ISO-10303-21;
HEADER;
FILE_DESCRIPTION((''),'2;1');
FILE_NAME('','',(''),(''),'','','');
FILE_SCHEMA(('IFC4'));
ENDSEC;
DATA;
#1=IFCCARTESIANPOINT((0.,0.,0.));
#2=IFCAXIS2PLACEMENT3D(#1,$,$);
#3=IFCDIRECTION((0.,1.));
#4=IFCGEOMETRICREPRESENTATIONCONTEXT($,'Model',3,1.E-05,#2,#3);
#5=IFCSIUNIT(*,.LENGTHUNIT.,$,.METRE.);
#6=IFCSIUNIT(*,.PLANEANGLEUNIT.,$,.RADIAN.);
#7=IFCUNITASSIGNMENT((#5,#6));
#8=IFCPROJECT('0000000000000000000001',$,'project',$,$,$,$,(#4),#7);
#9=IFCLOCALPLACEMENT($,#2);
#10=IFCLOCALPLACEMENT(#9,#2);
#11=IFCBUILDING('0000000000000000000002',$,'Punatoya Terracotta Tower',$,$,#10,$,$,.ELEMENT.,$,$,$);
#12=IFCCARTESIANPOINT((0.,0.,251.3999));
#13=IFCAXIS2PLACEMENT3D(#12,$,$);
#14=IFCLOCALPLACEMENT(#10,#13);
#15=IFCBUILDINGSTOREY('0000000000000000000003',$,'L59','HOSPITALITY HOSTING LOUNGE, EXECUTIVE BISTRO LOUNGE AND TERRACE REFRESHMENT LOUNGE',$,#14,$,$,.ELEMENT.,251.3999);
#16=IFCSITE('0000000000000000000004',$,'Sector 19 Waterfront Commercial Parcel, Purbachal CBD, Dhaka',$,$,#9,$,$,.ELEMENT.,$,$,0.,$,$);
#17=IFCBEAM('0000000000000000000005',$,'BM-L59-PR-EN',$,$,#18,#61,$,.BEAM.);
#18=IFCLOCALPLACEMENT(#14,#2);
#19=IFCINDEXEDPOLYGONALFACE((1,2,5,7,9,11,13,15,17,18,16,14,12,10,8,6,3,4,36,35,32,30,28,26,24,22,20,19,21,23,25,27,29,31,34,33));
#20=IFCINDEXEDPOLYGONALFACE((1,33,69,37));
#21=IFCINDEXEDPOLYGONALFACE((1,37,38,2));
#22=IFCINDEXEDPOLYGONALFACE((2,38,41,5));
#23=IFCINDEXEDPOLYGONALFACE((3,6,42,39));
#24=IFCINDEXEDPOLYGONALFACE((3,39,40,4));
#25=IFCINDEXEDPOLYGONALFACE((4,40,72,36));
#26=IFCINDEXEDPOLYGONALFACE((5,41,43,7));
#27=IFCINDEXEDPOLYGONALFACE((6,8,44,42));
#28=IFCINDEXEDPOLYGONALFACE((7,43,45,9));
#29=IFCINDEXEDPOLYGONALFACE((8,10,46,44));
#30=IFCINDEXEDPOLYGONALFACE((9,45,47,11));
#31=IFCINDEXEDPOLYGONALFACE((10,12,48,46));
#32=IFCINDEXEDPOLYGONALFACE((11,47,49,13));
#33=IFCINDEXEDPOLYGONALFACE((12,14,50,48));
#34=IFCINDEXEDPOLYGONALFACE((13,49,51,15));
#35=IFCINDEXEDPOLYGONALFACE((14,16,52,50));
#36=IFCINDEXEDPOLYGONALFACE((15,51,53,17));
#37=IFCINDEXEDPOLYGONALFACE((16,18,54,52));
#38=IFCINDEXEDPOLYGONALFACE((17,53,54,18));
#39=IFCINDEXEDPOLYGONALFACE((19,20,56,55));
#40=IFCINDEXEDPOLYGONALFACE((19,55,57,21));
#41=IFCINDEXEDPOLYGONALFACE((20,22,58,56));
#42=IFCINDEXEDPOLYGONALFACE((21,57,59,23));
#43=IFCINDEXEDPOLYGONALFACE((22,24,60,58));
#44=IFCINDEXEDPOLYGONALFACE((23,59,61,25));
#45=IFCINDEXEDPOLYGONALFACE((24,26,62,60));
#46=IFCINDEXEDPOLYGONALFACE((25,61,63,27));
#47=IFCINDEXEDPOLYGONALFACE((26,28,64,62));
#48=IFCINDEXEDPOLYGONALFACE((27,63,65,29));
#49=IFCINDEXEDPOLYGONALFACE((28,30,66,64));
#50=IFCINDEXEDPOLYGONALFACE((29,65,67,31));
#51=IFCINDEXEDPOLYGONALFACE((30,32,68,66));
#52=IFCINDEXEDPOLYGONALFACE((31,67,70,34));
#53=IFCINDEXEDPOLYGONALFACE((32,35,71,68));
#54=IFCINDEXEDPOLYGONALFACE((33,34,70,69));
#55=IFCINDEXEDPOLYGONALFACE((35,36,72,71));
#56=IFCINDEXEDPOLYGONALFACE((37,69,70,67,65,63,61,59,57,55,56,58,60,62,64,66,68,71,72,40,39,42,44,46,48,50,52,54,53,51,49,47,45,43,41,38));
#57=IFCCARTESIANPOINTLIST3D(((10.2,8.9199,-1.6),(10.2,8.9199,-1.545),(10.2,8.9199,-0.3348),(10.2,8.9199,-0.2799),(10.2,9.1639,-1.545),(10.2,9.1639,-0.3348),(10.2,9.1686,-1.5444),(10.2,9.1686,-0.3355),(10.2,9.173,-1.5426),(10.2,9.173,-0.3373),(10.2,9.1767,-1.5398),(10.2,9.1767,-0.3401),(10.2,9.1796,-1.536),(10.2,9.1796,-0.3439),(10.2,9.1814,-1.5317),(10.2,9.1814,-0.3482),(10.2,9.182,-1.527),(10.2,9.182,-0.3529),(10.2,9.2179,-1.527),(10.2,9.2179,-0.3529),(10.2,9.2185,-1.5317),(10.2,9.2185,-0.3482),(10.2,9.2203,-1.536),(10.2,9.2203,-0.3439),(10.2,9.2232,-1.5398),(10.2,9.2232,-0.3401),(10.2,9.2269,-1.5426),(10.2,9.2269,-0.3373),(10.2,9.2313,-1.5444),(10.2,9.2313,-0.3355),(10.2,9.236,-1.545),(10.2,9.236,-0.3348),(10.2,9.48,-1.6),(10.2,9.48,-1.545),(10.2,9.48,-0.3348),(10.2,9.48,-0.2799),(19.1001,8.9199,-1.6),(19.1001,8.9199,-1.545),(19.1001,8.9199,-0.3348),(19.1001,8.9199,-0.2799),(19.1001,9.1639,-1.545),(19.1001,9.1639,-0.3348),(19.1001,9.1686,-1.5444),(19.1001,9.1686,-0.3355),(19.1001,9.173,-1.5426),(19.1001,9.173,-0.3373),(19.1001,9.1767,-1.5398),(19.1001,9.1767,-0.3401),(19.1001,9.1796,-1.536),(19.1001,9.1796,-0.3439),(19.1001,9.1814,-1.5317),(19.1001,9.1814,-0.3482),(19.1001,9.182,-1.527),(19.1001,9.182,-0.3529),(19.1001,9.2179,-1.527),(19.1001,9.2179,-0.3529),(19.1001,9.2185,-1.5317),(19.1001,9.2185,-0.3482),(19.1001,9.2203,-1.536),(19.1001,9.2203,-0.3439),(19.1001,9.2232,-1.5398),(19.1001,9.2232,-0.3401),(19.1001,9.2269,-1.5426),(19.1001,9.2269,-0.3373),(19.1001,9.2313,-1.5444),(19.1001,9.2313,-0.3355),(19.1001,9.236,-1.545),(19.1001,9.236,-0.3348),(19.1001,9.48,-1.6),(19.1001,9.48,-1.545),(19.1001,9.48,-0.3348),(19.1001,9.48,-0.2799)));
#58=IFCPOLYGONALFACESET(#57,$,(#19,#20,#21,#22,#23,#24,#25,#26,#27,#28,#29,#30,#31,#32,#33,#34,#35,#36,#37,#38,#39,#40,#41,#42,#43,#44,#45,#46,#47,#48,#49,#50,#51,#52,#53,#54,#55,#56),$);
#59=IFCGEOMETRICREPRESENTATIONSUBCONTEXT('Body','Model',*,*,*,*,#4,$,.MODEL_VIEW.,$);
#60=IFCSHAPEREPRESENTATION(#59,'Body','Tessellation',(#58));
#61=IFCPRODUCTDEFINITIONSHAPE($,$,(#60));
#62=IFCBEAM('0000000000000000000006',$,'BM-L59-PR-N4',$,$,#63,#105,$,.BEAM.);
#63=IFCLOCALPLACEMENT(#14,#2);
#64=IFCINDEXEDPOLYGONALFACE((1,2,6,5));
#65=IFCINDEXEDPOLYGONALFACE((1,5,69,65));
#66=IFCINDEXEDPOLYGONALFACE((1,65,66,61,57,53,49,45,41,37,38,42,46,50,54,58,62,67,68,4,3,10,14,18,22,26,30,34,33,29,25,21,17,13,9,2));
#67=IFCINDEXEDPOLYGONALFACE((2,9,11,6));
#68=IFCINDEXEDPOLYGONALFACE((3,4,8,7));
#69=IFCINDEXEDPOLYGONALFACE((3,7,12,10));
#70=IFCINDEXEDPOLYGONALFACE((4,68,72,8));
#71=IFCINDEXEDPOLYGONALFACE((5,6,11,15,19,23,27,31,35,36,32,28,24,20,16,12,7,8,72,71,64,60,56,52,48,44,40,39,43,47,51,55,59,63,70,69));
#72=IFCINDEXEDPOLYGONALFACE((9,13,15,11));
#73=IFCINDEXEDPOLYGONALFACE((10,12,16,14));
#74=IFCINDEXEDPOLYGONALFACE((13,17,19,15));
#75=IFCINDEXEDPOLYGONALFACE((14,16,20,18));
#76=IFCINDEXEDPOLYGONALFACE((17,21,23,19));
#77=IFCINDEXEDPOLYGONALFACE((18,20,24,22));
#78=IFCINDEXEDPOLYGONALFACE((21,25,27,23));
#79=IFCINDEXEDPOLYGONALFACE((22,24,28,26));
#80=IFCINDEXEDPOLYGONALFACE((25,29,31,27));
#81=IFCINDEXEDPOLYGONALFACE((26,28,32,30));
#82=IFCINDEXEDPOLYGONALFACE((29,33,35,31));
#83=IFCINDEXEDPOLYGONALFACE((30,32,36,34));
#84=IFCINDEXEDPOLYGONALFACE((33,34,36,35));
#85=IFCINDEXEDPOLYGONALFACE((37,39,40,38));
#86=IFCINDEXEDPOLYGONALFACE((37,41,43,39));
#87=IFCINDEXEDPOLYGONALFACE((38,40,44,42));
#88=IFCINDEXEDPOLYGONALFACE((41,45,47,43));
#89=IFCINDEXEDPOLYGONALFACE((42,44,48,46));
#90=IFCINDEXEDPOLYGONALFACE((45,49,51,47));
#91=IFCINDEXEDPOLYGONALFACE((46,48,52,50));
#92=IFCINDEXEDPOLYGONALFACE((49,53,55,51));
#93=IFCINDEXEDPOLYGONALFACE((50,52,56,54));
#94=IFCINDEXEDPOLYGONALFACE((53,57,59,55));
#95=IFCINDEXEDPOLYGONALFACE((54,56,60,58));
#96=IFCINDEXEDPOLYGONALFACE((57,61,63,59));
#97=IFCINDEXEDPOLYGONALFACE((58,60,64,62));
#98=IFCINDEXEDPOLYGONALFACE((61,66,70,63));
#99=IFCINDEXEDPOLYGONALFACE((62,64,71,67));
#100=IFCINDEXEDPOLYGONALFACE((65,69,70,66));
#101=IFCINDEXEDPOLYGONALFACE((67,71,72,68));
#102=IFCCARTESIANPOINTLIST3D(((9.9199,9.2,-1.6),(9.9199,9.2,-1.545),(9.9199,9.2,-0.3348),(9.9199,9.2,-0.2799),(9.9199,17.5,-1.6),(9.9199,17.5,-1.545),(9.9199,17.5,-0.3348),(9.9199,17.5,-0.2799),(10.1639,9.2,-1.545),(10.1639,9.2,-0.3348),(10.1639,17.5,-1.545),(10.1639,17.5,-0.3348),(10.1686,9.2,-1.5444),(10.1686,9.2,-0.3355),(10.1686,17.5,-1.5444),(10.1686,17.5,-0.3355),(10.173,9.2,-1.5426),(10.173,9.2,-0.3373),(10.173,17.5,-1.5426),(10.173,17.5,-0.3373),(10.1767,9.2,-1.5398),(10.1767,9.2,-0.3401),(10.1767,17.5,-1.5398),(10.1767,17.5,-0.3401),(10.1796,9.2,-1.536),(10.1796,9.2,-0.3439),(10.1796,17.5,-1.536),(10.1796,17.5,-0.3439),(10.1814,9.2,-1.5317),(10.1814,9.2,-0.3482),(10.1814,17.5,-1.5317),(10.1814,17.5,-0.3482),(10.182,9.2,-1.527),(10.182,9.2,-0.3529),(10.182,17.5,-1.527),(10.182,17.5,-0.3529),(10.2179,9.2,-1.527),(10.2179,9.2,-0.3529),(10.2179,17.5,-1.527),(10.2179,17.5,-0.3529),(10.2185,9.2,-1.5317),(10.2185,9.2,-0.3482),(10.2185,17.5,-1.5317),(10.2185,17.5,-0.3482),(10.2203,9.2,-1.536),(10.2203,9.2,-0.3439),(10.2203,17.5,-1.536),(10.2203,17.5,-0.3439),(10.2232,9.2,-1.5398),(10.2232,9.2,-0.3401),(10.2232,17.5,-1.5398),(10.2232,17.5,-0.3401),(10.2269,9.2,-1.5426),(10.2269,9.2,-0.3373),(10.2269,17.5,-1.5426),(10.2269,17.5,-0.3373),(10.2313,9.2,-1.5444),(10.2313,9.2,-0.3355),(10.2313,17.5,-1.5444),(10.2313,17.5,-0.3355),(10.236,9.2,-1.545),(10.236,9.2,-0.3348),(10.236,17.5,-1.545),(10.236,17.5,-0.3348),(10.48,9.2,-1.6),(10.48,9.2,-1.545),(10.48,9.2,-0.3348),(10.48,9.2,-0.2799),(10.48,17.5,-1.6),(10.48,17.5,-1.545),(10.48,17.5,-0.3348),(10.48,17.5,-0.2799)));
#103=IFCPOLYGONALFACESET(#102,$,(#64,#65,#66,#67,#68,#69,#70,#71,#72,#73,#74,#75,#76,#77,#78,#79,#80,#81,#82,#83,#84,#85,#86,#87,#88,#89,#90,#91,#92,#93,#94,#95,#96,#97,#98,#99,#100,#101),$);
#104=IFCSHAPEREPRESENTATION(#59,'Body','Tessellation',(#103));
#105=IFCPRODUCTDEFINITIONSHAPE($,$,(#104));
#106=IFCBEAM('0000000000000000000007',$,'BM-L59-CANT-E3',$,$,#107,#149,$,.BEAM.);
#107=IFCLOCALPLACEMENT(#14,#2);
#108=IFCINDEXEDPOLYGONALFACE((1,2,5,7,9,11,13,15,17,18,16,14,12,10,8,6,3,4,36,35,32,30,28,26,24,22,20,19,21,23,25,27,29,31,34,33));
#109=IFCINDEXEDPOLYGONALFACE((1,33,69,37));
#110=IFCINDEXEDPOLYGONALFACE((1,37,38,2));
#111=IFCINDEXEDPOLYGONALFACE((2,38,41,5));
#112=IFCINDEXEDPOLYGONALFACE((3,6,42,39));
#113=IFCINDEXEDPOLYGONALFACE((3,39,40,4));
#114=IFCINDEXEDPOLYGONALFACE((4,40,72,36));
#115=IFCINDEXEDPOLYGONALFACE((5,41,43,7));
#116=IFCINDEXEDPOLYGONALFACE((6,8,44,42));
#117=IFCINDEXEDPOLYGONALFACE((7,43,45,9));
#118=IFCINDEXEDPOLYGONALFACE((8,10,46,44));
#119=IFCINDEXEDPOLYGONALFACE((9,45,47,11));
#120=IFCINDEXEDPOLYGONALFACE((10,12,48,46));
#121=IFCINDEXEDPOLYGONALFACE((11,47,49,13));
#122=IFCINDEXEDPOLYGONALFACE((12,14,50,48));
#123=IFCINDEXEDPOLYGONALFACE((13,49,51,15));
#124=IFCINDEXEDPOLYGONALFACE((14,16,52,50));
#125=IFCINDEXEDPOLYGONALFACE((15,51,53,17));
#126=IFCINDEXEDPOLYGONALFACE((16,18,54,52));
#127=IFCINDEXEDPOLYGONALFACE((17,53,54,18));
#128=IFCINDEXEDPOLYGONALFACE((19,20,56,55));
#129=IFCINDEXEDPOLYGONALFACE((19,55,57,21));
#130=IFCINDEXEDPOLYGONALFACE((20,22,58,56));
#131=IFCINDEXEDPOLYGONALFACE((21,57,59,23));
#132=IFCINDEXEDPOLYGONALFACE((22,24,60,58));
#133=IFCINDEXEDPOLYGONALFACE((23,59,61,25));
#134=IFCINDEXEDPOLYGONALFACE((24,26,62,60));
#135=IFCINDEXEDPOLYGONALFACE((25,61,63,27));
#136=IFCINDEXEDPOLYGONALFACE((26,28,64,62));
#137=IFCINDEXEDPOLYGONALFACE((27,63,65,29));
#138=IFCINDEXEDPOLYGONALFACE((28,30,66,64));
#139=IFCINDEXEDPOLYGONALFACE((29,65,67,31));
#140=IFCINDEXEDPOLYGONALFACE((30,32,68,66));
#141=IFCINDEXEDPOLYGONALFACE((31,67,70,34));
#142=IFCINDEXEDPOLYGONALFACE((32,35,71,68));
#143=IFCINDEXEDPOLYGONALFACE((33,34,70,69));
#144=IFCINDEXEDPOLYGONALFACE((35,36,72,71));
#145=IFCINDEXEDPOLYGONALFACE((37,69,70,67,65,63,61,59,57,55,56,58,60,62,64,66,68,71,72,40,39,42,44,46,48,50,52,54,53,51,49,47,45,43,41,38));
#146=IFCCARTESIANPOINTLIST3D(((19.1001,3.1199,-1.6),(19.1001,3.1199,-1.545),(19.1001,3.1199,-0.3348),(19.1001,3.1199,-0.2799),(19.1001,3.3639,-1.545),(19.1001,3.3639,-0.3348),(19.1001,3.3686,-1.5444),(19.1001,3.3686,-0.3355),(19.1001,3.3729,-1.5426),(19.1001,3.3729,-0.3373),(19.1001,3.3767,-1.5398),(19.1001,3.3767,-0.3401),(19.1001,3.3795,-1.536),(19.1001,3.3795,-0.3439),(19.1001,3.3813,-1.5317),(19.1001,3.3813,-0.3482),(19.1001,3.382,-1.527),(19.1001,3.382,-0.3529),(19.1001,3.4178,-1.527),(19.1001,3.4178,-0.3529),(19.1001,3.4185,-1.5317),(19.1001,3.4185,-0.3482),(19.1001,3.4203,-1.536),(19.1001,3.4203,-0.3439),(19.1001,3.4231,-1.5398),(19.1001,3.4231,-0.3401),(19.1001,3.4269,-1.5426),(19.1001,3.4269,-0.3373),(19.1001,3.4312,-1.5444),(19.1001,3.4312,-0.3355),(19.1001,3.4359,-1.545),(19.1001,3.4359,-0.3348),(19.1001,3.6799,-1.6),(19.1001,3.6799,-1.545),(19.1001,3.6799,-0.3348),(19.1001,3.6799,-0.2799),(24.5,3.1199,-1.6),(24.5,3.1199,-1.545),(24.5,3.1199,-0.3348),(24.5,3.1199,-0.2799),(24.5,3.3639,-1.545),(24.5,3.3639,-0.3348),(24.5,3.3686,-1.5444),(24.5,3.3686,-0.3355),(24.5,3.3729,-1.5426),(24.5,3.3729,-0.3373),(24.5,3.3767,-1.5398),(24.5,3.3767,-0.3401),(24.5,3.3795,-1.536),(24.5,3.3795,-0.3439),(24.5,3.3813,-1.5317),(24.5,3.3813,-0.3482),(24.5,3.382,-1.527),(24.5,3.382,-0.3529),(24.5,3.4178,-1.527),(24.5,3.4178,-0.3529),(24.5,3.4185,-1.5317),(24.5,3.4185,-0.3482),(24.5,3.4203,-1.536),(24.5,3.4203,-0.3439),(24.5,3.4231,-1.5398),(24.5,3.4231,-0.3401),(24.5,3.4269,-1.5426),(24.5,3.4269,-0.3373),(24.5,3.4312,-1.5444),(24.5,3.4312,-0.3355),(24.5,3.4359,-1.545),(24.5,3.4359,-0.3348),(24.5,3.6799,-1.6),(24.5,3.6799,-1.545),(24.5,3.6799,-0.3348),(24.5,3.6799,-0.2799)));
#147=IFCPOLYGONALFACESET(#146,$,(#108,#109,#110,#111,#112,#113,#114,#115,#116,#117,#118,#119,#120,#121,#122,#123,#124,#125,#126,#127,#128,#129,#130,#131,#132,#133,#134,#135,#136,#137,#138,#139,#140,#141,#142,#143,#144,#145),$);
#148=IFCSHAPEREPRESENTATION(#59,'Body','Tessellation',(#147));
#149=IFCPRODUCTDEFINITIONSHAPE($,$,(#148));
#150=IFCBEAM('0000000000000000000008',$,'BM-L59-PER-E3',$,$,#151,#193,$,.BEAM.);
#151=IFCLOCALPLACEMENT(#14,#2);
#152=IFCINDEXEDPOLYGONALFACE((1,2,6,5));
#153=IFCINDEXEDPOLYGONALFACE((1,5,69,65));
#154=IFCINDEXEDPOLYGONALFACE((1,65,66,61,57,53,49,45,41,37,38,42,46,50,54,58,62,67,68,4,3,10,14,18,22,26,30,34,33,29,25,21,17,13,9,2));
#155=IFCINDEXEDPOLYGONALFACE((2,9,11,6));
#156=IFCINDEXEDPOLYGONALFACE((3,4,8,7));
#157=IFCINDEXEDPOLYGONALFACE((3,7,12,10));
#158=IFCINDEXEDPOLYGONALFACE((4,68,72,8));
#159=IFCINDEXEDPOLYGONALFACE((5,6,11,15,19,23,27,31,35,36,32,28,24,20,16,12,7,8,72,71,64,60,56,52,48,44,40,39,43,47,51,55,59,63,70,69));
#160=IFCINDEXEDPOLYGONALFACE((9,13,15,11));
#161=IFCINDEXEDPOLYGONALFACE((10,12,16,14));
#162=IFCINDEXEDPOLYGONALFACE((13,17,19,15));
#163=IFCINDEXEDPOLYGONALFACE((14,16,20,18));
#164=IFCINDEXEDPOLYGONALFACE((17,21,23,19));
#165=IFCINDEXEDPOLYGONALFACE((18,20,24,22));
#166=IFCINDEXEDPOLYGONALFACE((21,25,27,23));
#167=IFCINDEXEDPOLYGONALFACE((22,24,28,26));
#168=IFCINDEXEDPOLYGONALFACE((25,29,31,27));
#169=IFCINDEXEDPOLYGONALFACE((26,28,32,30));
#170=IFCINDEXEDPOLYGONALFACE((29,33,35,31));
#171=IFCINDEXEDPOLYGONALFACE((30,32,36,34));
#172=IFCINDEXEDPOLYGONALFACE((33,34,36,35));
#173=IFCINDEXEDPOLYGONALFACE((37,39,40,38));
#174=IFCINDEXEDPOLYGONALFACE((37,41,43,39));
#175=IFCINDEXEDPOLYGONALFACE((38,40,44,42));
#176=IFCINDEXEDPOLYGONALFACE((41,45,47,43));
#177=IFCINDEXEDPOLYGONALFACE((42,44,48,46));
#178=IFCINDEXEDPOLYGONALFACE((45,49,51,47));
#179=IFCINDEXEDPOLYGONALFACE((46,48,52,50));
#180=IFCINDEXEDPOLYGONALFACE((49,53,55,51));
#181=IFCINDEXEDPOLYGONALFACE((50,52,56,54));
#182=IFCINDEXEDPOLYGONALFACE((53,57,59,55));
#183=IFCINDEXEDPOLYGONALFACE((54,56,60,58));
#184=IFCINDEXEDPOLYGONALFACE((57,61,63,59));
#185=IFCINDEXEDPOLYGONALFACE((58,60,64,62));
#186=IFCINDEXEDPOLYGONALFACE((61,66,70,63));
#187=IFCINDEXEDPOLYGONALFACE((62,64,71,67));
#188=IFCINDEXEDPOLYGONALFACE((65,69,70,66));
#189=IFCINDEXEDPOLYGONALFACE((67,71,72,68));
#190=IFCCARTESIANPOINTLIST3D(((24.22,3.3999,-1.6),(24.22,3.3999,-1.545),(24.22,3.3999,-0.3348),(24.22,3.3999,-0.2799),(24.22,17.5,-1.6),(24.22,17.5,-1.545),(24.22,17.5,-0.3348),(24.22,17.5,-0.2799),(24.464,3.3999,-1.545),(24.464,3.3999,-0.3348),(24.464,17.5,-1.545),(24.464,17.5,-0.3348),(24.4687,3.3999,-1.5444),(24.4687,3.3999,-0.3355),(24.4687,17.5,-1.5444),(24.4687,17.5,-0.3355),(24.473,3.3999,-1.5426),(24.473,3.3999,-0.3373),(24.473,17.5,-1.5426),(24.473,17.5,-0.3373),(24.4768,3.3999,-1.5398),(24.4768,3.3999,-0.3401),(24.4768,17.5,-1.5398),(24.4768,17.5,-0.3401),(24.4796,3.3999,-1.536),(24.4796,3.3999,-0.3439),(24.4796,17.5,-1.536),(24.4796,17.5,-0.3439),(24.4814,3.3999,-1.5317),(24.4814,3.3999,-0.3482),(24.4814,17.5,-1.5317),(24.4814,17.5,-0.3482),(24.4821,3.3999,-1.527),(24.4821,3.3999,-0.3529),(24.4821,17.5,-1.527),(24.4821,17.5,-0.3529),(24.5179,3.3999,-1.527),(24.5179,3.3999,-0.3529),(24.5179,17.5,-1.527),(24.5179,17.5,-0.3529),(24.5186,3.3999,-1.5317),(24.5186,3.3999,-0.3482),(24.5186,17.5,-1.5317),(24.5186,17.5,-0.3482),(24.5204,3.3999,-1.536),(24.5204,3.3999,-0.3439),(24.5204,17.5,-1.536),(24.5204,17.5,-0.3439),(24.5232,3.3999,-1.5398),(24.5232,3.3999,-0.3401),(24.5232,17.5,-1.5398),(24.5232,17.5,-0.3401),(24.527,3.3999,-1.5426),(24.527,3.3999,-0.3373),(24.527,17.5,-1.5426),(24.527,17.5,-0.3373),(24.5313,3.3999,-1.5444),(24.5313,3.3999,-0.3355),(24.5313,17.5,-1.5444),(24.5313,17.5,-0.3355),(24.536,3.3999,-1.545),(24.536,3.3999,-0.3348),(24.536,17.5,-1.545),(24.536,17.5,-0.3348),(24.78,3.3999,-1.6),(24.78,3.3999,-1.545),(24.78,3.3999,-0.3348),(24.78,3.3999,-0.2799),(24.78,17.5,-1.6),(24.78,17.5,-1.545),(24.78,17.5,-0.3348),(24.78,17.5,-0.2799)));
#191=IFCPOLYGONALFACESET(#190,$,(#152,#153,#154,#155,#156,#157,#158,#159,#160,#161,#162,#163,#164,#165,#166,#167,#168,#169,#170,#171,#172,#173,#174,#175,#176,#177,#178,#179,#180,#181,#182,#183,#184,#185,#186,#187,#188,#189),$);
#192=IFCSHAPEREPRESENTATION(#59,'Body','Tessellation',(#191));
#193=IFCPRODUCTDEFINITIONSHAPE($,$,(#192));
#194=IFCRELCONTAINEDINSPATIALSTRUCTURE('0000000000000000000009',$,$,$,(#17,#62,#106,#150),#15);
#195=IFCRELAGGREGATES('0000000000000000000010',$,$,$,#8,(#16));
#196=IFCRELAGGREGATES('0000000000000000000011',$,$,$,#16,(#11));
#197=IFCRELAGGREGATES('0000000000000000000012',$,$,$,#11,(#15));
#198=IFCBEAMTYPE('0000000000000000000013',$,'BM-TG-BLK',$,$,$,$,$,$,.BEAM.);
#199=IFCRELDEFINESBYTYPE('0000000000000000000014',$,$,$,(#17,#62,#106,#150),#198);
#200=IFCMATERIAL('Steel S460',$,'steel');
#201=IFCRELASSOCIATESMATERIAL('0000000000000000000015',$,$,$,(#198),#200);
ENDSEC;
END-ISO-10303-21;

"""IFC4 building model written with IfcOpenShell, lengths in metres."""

from ifc_helpers import new_model, si_unit, direction, frame, origin, origin_2d, place, context, subcontext, project, spatial, i_section, extrude, material, material_profile, profile_set, type_object, element, save


model = new_model("IFC4")

# Units and contexts
model_context = context("Model", 3, precision=1e-05, world=origin(), true_north=direction((0.0, 1.0)))
body_context = subcontext(model_context, "Body", "Model", "MODEL_VIEW")
ifc_project = project(units=[si_unit("LENGTHUNIT", "METRE"), si_unit("PLANEANGLEUNIT", "RADIAN")], contexts=[model_context])

# Site, building, storey
site_placement = place(None, origin())
site = spatial("IfcSite", under=ifc_project, at=site_placement, Name="Sector 19 Waterfront Commercial Parcel, Purbachal CBD, Dhaka", CompositionType="ELEMENT", RefElevation=0.0)
building_placement = place(site_placement, origin())
building = spatial("IfcBuilding", under=site, at=building_placement, Name="Punatoya Terracotta Tower", CompositionType="ELEMENT")
storey_placement = place(building_placement, frame((0.0, 0.0, 251.3999)))
storey = spatial("IfcBuildingStorey", under=building, at=storey_placement, Name="L59", Description="HOSPITALITY HOSTING LOUNGE, EXECUTIVE BISTRO LOUNGE AND TERRACE REFRESHMENT LOUNGE", CompositionType="ELEMENT", Elevation=251.3999)

# Shared definitions
ifc_material_1 = material(Name="Steel S460", Category="steel")

# Beams
ifc_material_profile_1 = material_profile(ifc_material_1, i_section(OverallWidth=0.5601, OverallDepth=1.3201, WebThickness=0.0359, FlangeThickness=0.0549, FilletRadius=0.0181, at=origin_2d()))
ifc_profile_set_1 = profile_set([ifc_material_profile_1], Name="Steel S460")
beam_type_1 = type_object("IfcBeamType", Name="BM-TG-BLK", PredefinedType="BEAM", material=ifc_profile_set_1)
beam_1_placement = place(storey_placement, frame((10.2, 9.2, -0.9399), z_axis=(1.0, 0.0, 0.0), x_axis=(0.0, 1.0, 0.0)))
element("IfcBeam", 1, at=beam_1_placement, inside=storey, type_object=beam_type_1, Name="BM-L59-PR-EN", PredefinedType="BEAM", context=body_context, shape_type="SweptSolid", body=[
    extrude(i_section(OverallWidth=0.5601, OverallDepth=1.3201, WebThickness=0.0359, FlangeThickness=0.0549, FilletRadius=0.0181, at=origin_2d()), origin(), (0.0, 0.0, 1.0), 8.9001),
])
beam_2_placement = place(storey_placement, frame((10.2, 9.2, -0.9399), z_axis=(0.0, 1.0, 0.0), x_axis=(-1.0, 0.0, 0.0)))
element("IfcBeam", 2, at=beam_2_placement, inside=storey, type_object=beam_type_1, Name="BM-L59-PR-N4", PredefinedType="BEAM", context=body_context, shape_type="SweptSolid", body=[
    extrude(i_section(OverallWidth=0.5601, OverallDepth=1.3201, WebThickness=0.0359, FlangeThickness=0.0549, FilletRadius=0.0181, at=origin_2d()), origin(), (0.0, 0.0, 1.0), 8.3),
])
beam_3_placement = place(storey_placement, frame((19.1001, 3.3999, -0.9399), z_axis=(1.0, 0.0, 0.0), x_axis=(0.0, 1.0, 0.0)))
element("IfcBeam", 3, at=beam_3_placement, inside=storey, type_object=beam_type_1, Name="BM-L59-CANT-E3", PredefinedType="BEAM", context=body_context, shape_type="SweptSolid", body=[
    extrude(i_section(OverallWidth=0.5601, OverallDepth=1.3201, WebThickness=0.0359, FlangeThickness=0.0549, FilletRadius=0.0181, at=origin_2d()), origin(), (0.0, 0.0, 1.0), 5.3999),
])
beam_4_placement = place(storey_placement, frame((24.5, 3.3999, -0.9399), z_axis=(0.0, 1.0, 0.0), x_axis=(-1.0, 0.0, 0.0)))
element("IfcBeam", 4, at=beam_4_placement, inside=storey, type_object=beam_type_1, Name="BM-L59-PER-E3", PredefinedType="BEAM", context=body_context, shape_type="SweptSolid", body=[
    extrude(i_section(OverallWidth=0.5601, OverallDepth=1.3201, WebThickness=0.0359, FlangeThickness=0.0549, FilletRadius=0.0181, at=origin_2d()), origin(), (0.0, 0.0, 1.0), 14.1001),
])

save(model, "model.ifc")
